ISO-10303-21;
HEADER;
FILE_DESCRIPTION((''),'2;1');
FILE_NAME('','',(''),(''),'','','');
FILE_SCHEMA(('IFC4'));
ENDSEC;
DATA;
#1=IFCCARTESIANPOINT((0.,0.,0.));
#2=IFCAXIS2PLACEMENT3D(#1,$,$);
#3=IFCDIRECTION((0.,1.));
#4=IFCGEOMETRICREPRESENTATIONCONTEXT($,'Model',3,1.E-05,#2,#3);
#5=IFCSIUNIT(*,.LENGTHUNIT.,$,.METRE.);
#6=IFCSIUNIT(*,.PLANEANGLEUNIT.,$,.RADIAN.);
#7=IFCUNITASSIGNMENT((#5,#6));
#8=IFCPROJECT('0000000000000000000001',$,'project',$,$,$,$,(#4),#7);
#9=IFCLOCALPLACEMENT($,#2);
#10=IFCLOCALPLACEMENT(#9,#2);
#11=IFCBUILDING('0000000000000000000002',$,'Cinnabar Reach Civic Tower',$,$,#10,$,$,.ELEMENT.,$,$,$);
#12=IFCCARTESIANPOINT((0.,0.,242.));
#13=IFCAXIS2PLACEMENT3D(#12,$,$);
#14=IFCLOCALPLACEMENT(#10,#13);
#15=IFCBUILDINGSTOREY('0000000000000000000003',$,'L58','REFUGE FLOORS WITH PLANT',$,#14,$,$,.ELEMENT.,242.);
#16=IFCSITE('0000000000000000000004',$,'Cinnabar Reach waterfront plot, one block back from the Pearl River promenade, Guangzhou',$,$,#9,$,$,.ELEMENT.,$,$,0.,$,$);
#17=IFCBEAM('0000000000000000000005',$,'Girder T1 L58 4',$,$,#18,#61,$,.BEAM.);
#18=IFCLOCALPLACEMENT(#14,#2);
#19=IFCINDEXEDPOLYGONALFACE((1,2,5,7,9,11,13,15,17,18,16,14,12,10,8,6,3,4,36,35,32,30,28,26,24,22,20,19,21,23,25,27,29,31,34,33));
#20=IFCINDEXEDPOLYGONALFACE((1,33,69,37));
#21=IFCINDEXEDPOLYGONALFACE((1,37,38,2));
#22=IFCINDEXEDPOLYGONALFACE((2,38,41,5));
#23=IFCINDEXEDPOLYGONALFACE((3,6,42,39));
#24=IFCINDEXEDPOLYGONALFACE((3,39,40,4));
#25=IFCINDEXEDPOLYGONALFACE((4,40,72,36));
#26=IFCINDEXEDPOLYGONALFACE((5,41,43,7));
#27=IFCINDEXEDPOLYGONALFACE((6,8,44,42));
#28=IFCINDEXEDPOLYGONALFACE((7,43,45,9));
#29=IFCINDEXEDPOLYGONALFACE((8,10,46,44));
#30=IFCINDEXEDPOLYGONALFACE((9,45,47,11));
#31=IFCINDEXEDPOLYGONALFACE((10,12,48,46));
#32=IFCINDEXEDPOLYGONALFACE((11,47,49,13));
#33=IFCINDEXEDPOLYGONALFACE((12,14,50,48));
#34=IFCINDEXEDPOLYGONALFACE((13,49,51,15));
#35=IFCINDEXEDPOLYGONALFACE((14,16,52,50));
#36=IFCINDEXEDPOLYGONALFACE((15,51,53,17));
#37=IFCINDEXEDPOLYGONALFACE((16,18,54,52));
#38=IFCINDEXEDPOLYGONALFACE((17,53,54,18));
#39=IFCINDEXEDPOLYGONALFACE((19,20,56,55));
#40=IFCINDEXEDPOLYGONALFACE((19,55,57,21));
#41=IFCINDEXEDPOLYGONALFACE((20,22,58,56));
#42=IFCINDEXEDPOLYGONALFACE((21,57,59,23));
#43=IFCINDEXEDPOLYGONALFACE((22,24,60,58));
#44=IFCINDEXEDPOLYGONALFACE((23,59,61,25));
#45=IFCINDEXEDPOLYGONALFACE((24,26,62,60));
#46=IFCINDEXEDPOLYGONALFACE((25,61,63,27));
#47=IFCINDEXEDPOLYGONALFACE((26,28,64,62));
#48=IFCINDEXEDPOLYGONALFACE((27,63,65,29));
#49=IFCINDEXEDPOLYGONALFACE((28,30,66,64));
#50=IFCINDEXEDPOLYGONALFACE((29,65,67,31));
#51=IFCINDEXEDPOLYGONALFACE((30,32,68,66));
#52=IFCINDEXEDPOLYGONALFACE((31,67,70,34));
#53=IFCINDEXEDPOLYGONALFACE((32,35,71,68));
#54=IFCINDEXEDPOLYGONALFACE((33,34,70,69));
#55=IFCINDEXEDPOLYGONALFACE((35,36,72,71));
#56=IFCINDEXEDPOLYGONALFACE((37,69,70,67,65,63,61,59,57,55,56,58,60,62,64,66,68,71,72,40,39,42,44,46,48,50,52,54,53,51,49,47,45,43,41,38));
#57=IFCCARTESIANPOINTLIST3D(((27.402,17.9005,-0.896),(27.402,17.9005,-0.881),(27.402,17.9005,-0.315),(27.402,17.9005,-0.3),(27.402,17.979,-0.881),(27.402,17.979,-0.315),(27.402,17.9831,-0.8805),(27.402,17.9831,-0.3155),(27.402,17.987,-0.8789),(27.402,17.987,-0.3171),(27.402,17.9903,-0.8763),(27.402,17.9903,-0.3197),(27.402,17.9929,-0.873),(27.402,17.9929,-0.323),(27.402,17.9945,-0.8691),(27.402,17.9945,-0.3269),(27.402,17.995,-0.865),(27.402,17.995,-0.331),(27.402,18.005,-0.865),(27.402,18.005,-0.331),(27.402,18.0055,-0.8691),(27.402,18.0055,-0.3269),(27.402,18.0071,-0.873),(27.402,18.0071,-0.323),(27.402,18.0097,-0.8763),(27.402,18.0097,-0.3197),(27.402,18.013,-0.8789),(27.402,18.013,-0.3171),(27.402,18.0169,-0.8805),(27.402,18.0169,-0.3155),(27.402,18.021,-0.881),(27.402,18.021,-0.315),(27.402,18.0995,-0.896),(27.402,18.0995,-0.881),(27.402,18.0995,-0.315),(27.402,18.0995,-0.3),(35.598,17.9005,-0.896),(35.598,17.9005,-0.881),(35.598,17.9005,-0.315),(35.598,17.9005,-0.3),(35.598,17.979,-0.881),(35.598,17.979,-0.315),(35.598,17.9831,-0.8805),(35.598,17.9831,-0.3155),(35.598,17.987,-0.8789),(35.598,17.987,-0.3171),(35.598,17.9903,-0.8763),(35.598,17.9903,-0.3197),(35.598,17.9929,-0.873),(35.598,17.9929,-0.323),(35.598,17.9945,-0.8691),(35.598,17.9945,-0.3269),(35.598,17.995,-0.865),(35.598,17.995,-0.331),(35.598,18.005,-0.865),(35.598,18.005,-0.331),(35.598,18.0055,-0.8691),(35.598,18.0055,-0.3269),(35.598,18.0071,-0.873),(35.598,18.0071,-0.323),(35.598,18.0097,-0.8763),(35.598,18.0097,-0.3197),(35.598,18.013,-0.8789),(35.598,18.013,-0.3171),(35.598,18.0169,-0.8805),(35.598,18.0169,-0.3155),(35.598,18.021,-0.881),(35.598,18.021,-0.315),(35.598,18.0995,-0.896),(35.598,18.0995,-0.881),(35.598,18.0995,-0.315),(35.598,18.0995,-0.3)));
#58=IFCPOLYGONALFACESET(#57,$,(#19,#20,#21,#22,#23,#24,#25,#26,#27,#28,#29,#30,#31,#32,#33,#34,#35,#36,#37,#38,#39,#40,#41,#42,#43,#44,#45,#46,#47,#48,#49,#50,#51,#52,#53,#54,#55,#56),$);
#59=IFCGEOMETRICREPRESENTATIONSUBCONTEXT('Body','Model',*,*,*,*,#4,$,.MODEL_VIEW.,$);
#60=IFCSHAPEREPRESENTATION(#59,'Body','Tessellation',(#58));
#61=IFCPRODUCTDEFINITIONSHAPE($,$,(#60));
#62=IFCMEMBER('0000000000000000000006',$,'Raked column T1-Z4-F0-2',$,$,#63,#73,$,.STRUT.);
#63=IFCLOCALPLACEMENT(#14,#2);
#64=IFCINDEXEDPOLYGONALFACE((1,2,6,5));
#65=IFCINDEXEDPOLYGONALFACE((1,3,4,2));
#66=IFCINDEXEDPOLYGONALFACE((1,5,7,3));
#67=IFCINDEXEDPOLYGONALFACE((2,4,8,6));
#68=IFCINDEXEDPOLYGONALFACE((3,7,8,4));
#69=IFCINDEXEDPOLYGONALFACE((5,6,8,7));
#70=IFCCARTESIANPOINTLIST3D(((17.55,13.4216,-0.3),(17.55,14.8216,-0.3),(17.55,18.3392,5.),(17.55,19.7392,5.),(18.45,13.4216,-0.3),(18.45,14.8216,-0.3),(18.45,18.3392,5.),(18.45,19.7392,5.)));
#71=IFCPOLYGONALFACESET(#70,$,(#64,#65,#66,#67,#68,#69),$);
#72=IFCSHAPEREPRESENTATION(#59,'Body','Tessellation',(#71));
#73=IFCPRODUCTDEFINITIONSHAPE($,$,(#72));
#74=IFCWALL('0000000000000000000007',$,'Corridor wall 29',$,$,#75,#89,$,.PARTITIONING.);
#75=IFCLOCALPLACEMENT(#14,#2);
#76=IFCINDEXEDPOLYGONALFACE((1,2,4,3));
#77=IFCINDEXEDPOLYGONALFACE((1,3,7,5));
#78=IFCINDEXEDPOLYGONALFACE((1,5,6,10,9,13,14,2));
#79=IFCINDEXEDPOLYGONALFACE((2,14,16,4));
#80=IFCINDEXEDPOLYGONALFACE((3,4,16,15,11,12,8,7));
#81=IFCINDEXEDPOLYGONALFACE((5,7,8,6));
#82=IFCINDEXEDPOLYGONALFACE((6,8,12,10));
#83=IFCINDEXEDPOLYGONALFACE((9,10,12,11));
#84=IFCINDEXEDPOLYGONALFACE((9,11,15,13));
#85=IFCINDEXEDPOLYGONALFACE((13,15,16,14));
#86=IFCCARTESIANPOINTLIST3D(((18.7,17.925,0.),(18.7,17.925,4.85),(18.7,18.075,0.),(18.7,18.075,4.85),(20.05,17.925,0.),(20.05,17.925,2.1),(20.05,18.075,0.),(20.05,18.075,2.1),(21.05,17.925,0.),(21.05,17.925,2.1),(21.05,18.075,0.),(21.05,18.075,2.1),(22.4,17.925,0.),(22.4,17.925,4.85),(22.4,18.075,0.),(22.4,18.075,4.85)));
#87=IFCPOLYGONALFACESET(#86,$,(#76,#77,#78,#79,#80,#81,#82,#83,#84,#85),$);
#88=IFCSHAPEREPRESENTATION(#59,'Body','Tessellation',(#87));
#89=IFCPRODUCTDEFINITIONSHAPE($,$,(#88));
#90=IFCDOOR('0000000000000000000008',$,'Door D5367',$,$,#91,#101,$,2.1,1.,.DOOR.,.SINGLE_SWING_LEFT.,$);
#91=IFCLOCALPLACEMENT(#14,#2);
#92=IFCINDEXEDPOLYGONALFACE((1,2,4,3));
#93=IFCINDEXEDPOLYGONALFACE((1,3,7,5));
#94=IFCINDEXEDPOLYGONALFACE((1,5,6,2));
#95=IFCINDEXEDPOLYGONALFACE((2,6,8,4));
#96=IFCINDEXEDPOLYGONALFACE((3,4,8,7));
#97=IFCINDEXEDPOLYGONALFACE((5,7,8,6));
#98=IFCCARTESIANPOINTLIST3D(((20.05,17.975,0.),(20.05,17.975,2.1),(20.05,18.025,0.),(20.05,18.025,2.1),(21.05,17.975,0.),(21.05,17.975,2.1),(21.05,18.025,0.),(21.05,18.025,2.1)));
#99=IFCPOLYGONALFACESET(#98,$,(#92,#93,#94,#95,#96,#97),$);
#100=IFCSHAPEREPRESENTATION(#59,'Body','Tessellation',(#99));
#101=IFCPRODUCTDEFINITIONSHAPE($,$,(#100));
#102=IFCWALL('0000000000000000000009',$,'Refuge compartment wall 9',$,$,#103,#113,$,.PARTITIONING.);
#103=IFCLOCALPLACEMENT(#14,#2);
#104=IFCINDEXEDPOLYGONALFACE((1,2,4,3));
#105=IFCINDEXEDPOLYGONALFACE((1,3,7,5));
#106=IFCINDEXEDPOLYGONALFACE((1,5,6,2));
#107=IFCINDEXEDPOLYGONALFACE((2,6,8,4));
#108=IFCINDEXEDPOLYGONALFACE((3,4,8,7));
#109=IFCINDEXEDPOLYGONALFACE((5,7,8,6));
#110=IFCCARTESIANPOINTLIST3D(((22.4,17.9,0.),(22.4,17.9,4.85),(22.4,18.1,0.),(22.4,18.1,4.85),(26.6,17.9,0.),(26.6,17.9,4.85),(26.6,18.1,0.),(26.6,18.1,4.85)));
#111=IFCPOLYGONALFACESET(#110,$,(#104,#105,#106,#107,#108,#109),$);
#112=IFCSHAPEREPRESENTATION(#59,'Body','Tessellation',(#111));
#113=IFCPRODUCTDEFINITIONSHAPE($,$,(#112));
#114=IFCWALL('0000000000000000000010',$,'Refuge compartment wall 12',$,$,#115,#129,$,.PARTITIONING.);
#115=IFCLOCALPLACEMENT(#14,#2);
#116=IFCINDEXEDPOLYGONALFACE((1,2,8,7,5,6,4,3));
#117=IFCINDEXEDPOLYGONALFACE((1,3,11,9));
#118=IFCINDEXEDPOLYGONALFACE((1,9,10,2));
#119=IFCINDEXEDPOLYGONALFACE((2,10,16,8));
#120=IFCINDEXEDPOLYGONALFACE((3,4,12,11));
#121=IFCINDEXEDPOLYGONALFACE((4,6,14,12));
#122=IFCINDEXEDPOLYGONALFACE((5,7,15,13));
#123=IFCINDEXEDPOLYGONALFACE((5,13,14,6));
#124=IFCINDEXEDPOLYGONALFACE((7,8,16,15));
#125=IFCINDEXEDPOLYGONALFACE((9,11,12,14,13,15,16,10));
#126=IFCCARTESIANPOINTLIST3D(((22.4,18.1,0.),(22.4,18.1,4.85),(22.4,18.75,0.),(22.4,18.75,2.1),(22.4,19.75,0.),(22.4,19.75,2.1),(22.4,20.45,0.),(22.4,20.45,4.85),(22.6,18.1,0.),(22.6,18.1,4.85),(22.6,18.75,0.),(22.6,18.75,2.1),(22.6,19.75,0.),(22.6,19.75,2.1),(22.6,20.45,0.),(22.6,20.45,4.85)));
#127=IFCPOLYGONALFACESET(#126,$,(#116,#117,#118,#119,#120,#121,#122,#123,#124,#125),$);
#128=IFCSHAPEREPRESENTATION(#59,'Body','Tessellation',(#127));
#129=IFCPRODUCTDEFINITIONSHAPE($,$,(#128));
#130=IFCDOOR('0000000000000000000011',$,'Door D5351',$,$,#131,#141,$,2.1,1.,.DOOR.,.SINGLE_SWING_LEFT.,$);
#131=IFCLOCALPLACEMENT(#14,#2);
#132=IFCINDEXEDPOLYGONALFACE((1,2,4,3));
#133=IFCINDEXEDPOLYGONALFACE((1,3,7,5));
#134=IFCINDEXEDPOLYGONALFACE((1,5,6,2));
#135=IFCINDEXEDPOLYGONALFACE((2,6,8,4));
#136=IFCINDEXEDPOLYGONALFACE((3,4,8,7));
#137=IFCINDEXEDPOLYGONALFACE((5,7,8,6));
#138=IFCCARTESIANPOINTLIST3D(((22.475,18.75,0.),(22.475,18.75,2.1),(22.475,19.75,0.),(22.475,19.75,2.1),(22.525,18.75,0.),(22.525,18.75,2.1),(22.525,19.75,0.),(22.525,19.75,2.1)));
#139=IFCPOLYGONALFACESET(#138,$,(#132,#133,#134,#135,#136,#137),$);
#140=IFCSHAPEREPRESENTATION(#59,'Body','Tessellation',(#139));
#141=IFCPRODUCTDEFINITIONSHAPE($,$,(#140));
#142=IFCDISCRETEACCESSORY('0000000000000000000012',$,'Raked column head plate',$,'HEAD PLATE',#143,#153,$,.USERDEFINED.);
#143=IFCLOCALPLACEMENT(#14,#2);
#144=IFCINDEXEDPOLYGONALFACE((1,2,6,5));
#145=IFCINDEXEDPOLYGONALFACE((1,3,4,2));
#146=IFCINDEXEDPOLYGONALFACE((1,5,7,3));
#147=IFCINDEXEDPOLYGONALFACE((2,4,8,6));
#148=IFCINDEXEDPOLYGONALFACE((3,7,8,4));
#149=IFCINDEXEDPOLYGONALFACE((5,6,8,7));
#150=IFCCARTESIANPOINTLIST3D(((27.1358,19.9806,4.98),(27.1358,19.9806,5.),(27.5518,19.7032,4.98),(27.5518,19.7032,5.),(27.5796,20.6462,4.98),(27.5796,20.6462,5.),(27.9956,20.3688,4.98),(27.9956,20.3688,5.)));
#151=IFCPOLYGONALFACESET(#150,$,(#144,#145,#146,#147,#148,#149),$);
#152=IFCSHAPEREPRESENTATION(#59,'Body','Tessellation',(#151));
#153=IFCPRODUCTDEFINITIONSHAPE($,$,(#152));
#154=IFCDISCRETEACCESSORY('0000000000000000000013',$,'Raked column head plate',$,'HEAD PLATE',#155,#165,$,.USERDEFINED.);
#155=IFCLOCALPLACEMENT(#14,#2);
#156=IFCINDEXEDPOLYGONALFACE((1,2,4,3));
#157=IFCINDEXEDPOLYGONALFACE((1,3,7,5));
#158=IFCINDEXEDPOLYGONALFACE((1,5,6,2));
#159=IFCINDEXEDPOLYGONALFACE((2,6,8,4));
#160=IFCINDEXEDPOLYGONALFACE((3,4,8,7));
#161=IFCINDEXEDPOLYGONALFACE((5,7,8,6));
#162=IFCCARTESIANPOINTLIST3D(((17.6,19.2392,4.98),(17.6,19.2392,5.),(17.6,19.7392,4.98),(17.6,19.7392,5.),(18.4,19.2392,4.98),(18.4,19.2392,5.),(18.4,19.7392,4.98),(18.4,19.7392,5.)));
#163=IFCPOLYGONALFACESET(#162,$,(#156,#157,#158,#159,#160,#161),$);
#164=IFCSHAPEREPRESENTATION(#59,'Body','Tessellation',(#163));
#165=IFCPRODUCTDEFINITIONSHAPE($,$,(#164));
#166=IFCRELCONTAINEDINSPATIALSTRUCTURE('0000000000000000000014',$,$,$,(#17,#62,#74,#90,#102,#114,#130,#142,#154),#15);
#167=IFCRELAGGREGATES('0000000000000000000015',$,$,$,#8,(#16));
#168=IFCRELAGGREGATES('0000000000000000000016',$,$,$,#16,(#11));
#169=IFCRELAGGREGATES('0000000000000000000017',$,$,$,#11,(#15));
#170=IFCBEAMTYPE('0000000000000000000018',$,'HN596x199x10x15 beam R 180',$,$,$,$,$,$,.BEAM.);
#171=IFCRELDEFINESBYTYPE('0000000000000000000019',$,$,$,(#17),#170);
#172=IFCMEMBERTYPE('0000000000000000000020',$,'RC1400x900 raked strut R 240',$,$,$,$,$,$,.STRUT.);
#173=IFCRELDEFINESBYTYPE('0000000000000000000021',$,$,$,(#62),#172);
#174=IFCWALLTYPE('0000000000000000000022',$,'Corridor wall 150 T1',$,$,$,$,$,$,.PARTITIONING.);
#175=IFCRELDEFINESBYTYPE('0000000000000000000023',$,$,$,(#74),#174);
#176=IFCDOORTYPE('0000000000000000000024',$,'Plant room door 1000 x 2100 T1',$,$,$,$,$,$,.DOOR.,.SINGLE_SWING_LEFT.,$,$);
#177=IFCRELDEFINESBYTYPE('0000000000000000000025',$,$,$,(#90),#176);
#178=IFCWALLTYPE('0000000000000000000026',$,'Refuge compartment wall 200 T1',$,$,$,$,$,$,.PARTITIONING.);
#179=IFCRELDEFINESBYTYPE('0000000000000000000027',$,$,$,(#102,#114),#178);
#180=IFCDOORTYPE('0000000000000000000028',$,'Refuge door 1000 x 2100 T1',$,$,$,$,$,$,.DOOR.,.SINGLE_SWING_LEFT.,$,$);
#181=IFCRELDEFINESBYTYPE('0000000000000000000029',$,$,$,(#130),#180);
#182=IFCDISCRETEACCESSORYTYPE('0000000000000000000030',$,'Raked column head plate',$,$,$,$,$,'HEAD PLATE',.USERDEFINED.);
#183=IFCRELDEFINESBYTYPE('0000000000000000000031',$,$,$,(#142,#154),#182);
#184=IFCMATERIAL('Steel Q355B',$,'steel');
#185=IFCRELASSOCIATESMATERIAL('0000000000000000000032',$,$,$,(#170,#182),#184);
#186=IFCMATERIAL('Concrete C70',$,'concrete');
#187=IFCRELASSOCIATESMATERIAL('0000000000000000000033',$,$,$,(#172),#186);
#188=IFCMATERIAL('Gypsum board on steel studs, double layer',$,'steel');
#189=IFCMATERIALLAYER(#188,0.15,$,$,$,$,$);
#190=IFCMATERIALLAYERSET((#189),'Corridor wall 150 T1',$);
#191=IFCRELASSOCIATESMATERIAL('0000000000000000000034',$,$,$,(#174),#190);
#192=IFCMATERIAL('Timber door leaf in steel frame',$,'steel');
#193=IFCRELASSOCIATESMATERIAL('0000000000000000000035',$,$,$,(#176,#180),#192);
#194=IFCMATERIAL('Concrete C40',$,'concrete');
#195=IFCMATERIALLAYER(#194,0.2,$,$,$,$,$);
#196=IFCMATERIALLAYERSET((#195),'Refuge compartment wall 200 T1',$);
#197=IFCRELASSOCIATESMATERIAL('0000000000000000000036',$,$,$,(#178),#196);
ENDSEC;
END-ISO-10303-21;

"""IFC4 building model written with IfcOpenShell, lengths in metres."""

from ifc_helpers import new_model, si_unit, direction, frame, frame_2d, origin, origin_2d, place, context, subcontext, project, spatial, rectangle, i_section, extrude, material, layer, layer_set, material_profile, profile_set, type_object, element, fill, save


model = new_model("IFC4")

# Units and contexts
model_context = context("Model", 3, precision=1e-05, world=origin(), true_north=direction((0.0, 1.0)))
body_context = subcontext(model_context, "Body", "Model", "MODEL_VIEW")
ifc_project = project(units=[si_unit("LENGTHUNIT", "METRE"), si_unit("PLANEANGLEUNIT", "RADIAN")], contexts=[model_context])

# Site, building, storey
site_placement = place(None, origin())
site = spatial("IfcSite", under=ifc_project, at=site_placement, Name="Cinnabar Reach waterfront plot, one block back from the Pearl River promenade, Guangzhou", CompositionType="ELEMENT", RefElevation=0.0)
building_placement = place(site_placement, origin())
building = spatial("IfcBuilding", under=site, at=building_placement, Name="Cinnabar Reach Civic Tower", CompositionType="ELEMENT")
storey_placement = place(building_placement, frame((0.0, 0.0, 242.0)))
storey = spatial("IfcBuildingStorey", under=building, at=storey_placement, Name="L58", Description="REFUGE FLOORS WITH PLANT", CompositionType="ELEMENT", Elevation=242.0)

# Shared definitions
ifc_material_1 = material(Name="Concrete C70", Category="concrete")

# Beam
ifc_material_2 = material(Name="Steel Q355B", Category="steel")
ifc_material_profile_1 = material_profile(ifc_material_2, i_section(OverallWidth=0.199, OverallDepth=0.596, WebThickness=0.01, FlangeThickness=0.015, FilletRadius=0.016, at=origin_2d()), Name="HN596x199x10x15")
ifc_profile_set_1 = profile_set([ifc_material_profile_1], Name="Steel Q355B")
beam_type_1 = type_object("IfcBeamType", Name="HN596x199x10x15 beam R 180", PredefinedType="BEAM", material=ifc_profile_set_1)
for number, where, z_axis, x_axis, name in (
    (1, (27.402, 18.0, -0.598), (1.0, 0.0, 0.0), (0.0, 1.0, 0.0), "Girder T1 L58 4"),
):
    element("IfcBeam", number, at=place(storey_placement, frame(where, z_axis=z_axis, x_axis=x_axis)), inside=storey, type_object=beam_type_1, Name=name, PredefinedType="BEAM", context=body_context, shape_type="SweptSolid", body=[
        extrude(i_section(OverallWidth=0.199, OverallDepth=0.596, WebThickness=0.01, FlangeThickness=0.015, FilletRadius=0.016, at=origin_2d()), origin(), (0.0, 0.0, 1.0), 8.196),
    ])

# Member
ifc_material_profile_2 = material_profile(ifc_material_1, rectangle(XDim=1.4, YDim=0.9, at=origin_2d()), Name="RC1400x900")
ifc_profile_set_2 = profile_set([ifc_material_profile_2], Name="Concrete C70")
member_type = type_object("IfcMemberType", Name="RC1400x900 raked strut R 240", PredefinedType="STRUT", material=ifc_profile_set_2)
member_placement = place(storey_placement, frame((18.0, 14.1216, -0.3), z_axis=(0.0, 0.0, 1.0), x_axis=(0.0, 1.0, 0.0)))
element("IfcMember", 2, at=member_placement, inside=storey, type_object=member_type, Name="Raked column T1-Z4-F0-2", PredefinedType="STRUT", context=body_context, shape_type="SweptSolid", body=[
    extrude(rectangle(XDim=1.4, YDim=0.9, at=origin_2d()), origin(), (0.680167, 0.0, 0.733057), 7.23),
])

# Wall, opening, door
ifc_material_3 = material(Name="Gypsum board on steel studs, double layer", Category="steel")
ifc_layer_1 = layer(ifc_material_3, 0.15)
ifc_layer_set_1 = layer_set([ifc_layer_1], Name="Corridor wall 150 T1")
wall_type_1 = type_object("IfcWallType", Name="Corridor wall 150 T1", PredefinedType="PARTITIONING", material=ifc_layer_set_1)
wall_1_placement = place(storey_placement, frame((18.7, 18.0, 0.0), z_axis=(0.0, 0.0, 1.0), x_axis=(1.0, 0.0, 0.0)))
wall_1 = element("IfcWall", 3, at=wall_1_placement, inside=storey, type_object=wall_type_1, Name="Corridor wall 29", PredefinedType="PARTITIONING", context=body_context, shape_type="SweptSolid", body=[
    extrude(rectangle(XDim=3.7, YDim=0.15, at=frame_2d((1.85, 0.0))), origin(), (0.0, 0.0, 1.0), 4.85),
])
opening_1_placement = place(wall_1_placement, frame((1.35, 0.0, 0.0)))
opening_1 = element("IfcOpeningElement", 4, at=opening_1_placement, cuts=wall_1, PredefinedType="OPENING", context=body_context, shape_type="SweptSolid", body=[
    extrude(rectangle(XDim=1.0, YDim=2.1, at=frame_2d((0.5, 1.05))), frame((0.0, 0.085, 0.0), z_axis=(0.0, -1.0, 0.0), x_axis=(1.0, 0.0, 0.0)), (0.0, 0.0, 1.0), 0.17),
])
ifc_material_4 = material(Name="Timber door leaf in steel frame", Category="steel")
door_type_1 = type_object("IfcDoorType", Name="Plant room door 1000 x 2100 T1", OperationType="SINGLE_SWING_LEFT", PredefinedType="DOOR", material=ifc_material_4)
door_1_placement = place(opening_1_placement, origin())
door_1 = element("IfcDoor", 5, at=door_1_placement, inside=storey, type_object=door_type_1, Name="Door D5367", OperationType="SINGLE_SWING_LEFT", OverallHeight=2.1, OverallWidth=1.0, PredefinedType="DOOR", context=body_context, shape_type="SweptSolid", body=[
    extrude(rectangle(XDim=1.0, YDim=2.1, at=frame_2d((0.5, 1.05))), frame((0.0, 0.025, 0.0), z_axis=(0.0, -1.0, 0.0), x_axis=(1.0, 0.0, 0.0)), (0.0, 0.0, 1.0), 0.05),
])
fill(opening_1, door_1)

# Wall
ifc_material_5 = material(Name="Concrete C40", Category="concrete")
ifc_layer_2 = layer(ifc_material_5, 0.2)
ifc_layer_set_2 = layer_set([ifc_layer_2], Name="Refuge compartment wall 200 T1")
wall_type_2 = type_object("IfcWallType", Name="Refuge compartment wall 200 T1", PredefinedType="PARTITIONING", material=ifc_layer_set_2)
wall_2_placement = place(storey_placement, frame((22.4, 18.0, 0.0), z_axis=(0.0, 0.0, 1.0), x_axis=(1.0, 0.0, 0.0)))
element("IfcWall", 6, at=wall_2_placement, inside=storey, type_object=wall_type_2, Name="Refuge compartment wall 9", PredefinedType="PARTITIONING", context=body_context, shape_type="SweptSolid", body=[
    extrude(rectangle(XDim=4.2, YDim=0.2, at=frame_2d((2.1, 0.0))), origin(), (0.0, 0.0, 1.0), 4.85),
])

# Wall, opening, door
wall_3_placement = place(storey_placement, frame((22.5, 18.1, 0.0), z_axis=(0.0, 0.0, 1.0), x_axis=(0.0, 1.0, 0.0)))
wall_3 = element("IfcWall", 7, at=wall_3_placement, inside=storey, type_object=wall_type_2, Name="Refuge compartment wall 12", PredefinedType="PARTITIONING", context=body_context, shape_type="SweptSolid", body=[
    extrude(rectangle(XDim=2.35, YDim=0.2, at=frame_2d((1.175, 0.0))), origin(), (0.0, 0.0, 1.0), 4.85),
])
opening_2_placement = place(wall_3_placement, frame((0.65, 0.0, 0.0)))
opening_2 = element("IfcOpeningElement", 8, at=opening_2_placement, cuts=wall_3, PredefinedType="OPENING", context=body_context, shape_type="SweptSolid", body=[
    extrude(rectangle(XDim=1.0, YDim=2.1, at=frame_2d((0.5, 1.05))), frame((0.0, 0.11, 0.0), z_axis=(0.0, -1.0, 0.0), x_axis=(1.0, 0.0, 0.0)), (0.0, 0.0, 1.0), 0.22),
])
door_type_2 = type_object("IfcDoorType", Name="Refuge door 1000 x 2100 T1", OperationType="SINGLE_SWING_LEFT", PredefinedType="DOOR", material=ifc_material_4)
door_2_placement = place(opening_2_placement, origin())
door_2 = element("IfcDoor", 9, at=door_2_placement, inside=storey, type_object=door_type_2, Name="Door D5351", OperationType="SINGLE_SWING_LEFT", OverallHeight=2.1, OverallWidth=1.0, PredefinedType="DOOR", context=body_context, shape_type="SweptSolid", body=[
    extrude(rectangle(XDim=1.0, YDim=2.1, at=frame_2d((0.5, 1.05))), frame((0.0, 0.025, 0.0), z_axis=(0.0, -1.0, 0.0), x_axis=(1.0, 0.0, 0.0)), (0.0, 0.0, 1.0), 0.05),
])
fill(opening_2, door_2)

# Discrete accessories
discrete_accessory_type = type_object("IfcDiscreteAccessoryType", Name="Raked column head plate", ElementType="HEAD PLATE", PredefinedType="USERDEFINED", material=ifc_material_2)
for number, where, z_axis, x_axis, name in (
    (10, (27.5657, 20.1747, 4.98), (0.0, 0.0, 1.0), (-0.832051, 0.554699, 0.0), "Raked column head plate"),
    (11, (18.0, 19.4892, 4.98), (0.0, 0.0, 1.0), (0.0, 1.0, 0.0), "Raked column head plate"),
):
    element("IfcDiscreteAccessory", number, at=place(storey_placement, frame(where, z_axis=z_axis, x_axis=x_axis)), inside=storey, type_object=discrete_accessory_type, Name=name, ObjectType="HEAD PLATE", PredefinedType="USERDEFINED", context=body_context, shape_type="SweptSolid", body=[
        extrude(rectangle(XDim=0.5, YDim=0.8, at=origin_2d()), origin(), (0.0, 0.0, 1.0), 0.02),
    ])

save(model, "model.ifc")
